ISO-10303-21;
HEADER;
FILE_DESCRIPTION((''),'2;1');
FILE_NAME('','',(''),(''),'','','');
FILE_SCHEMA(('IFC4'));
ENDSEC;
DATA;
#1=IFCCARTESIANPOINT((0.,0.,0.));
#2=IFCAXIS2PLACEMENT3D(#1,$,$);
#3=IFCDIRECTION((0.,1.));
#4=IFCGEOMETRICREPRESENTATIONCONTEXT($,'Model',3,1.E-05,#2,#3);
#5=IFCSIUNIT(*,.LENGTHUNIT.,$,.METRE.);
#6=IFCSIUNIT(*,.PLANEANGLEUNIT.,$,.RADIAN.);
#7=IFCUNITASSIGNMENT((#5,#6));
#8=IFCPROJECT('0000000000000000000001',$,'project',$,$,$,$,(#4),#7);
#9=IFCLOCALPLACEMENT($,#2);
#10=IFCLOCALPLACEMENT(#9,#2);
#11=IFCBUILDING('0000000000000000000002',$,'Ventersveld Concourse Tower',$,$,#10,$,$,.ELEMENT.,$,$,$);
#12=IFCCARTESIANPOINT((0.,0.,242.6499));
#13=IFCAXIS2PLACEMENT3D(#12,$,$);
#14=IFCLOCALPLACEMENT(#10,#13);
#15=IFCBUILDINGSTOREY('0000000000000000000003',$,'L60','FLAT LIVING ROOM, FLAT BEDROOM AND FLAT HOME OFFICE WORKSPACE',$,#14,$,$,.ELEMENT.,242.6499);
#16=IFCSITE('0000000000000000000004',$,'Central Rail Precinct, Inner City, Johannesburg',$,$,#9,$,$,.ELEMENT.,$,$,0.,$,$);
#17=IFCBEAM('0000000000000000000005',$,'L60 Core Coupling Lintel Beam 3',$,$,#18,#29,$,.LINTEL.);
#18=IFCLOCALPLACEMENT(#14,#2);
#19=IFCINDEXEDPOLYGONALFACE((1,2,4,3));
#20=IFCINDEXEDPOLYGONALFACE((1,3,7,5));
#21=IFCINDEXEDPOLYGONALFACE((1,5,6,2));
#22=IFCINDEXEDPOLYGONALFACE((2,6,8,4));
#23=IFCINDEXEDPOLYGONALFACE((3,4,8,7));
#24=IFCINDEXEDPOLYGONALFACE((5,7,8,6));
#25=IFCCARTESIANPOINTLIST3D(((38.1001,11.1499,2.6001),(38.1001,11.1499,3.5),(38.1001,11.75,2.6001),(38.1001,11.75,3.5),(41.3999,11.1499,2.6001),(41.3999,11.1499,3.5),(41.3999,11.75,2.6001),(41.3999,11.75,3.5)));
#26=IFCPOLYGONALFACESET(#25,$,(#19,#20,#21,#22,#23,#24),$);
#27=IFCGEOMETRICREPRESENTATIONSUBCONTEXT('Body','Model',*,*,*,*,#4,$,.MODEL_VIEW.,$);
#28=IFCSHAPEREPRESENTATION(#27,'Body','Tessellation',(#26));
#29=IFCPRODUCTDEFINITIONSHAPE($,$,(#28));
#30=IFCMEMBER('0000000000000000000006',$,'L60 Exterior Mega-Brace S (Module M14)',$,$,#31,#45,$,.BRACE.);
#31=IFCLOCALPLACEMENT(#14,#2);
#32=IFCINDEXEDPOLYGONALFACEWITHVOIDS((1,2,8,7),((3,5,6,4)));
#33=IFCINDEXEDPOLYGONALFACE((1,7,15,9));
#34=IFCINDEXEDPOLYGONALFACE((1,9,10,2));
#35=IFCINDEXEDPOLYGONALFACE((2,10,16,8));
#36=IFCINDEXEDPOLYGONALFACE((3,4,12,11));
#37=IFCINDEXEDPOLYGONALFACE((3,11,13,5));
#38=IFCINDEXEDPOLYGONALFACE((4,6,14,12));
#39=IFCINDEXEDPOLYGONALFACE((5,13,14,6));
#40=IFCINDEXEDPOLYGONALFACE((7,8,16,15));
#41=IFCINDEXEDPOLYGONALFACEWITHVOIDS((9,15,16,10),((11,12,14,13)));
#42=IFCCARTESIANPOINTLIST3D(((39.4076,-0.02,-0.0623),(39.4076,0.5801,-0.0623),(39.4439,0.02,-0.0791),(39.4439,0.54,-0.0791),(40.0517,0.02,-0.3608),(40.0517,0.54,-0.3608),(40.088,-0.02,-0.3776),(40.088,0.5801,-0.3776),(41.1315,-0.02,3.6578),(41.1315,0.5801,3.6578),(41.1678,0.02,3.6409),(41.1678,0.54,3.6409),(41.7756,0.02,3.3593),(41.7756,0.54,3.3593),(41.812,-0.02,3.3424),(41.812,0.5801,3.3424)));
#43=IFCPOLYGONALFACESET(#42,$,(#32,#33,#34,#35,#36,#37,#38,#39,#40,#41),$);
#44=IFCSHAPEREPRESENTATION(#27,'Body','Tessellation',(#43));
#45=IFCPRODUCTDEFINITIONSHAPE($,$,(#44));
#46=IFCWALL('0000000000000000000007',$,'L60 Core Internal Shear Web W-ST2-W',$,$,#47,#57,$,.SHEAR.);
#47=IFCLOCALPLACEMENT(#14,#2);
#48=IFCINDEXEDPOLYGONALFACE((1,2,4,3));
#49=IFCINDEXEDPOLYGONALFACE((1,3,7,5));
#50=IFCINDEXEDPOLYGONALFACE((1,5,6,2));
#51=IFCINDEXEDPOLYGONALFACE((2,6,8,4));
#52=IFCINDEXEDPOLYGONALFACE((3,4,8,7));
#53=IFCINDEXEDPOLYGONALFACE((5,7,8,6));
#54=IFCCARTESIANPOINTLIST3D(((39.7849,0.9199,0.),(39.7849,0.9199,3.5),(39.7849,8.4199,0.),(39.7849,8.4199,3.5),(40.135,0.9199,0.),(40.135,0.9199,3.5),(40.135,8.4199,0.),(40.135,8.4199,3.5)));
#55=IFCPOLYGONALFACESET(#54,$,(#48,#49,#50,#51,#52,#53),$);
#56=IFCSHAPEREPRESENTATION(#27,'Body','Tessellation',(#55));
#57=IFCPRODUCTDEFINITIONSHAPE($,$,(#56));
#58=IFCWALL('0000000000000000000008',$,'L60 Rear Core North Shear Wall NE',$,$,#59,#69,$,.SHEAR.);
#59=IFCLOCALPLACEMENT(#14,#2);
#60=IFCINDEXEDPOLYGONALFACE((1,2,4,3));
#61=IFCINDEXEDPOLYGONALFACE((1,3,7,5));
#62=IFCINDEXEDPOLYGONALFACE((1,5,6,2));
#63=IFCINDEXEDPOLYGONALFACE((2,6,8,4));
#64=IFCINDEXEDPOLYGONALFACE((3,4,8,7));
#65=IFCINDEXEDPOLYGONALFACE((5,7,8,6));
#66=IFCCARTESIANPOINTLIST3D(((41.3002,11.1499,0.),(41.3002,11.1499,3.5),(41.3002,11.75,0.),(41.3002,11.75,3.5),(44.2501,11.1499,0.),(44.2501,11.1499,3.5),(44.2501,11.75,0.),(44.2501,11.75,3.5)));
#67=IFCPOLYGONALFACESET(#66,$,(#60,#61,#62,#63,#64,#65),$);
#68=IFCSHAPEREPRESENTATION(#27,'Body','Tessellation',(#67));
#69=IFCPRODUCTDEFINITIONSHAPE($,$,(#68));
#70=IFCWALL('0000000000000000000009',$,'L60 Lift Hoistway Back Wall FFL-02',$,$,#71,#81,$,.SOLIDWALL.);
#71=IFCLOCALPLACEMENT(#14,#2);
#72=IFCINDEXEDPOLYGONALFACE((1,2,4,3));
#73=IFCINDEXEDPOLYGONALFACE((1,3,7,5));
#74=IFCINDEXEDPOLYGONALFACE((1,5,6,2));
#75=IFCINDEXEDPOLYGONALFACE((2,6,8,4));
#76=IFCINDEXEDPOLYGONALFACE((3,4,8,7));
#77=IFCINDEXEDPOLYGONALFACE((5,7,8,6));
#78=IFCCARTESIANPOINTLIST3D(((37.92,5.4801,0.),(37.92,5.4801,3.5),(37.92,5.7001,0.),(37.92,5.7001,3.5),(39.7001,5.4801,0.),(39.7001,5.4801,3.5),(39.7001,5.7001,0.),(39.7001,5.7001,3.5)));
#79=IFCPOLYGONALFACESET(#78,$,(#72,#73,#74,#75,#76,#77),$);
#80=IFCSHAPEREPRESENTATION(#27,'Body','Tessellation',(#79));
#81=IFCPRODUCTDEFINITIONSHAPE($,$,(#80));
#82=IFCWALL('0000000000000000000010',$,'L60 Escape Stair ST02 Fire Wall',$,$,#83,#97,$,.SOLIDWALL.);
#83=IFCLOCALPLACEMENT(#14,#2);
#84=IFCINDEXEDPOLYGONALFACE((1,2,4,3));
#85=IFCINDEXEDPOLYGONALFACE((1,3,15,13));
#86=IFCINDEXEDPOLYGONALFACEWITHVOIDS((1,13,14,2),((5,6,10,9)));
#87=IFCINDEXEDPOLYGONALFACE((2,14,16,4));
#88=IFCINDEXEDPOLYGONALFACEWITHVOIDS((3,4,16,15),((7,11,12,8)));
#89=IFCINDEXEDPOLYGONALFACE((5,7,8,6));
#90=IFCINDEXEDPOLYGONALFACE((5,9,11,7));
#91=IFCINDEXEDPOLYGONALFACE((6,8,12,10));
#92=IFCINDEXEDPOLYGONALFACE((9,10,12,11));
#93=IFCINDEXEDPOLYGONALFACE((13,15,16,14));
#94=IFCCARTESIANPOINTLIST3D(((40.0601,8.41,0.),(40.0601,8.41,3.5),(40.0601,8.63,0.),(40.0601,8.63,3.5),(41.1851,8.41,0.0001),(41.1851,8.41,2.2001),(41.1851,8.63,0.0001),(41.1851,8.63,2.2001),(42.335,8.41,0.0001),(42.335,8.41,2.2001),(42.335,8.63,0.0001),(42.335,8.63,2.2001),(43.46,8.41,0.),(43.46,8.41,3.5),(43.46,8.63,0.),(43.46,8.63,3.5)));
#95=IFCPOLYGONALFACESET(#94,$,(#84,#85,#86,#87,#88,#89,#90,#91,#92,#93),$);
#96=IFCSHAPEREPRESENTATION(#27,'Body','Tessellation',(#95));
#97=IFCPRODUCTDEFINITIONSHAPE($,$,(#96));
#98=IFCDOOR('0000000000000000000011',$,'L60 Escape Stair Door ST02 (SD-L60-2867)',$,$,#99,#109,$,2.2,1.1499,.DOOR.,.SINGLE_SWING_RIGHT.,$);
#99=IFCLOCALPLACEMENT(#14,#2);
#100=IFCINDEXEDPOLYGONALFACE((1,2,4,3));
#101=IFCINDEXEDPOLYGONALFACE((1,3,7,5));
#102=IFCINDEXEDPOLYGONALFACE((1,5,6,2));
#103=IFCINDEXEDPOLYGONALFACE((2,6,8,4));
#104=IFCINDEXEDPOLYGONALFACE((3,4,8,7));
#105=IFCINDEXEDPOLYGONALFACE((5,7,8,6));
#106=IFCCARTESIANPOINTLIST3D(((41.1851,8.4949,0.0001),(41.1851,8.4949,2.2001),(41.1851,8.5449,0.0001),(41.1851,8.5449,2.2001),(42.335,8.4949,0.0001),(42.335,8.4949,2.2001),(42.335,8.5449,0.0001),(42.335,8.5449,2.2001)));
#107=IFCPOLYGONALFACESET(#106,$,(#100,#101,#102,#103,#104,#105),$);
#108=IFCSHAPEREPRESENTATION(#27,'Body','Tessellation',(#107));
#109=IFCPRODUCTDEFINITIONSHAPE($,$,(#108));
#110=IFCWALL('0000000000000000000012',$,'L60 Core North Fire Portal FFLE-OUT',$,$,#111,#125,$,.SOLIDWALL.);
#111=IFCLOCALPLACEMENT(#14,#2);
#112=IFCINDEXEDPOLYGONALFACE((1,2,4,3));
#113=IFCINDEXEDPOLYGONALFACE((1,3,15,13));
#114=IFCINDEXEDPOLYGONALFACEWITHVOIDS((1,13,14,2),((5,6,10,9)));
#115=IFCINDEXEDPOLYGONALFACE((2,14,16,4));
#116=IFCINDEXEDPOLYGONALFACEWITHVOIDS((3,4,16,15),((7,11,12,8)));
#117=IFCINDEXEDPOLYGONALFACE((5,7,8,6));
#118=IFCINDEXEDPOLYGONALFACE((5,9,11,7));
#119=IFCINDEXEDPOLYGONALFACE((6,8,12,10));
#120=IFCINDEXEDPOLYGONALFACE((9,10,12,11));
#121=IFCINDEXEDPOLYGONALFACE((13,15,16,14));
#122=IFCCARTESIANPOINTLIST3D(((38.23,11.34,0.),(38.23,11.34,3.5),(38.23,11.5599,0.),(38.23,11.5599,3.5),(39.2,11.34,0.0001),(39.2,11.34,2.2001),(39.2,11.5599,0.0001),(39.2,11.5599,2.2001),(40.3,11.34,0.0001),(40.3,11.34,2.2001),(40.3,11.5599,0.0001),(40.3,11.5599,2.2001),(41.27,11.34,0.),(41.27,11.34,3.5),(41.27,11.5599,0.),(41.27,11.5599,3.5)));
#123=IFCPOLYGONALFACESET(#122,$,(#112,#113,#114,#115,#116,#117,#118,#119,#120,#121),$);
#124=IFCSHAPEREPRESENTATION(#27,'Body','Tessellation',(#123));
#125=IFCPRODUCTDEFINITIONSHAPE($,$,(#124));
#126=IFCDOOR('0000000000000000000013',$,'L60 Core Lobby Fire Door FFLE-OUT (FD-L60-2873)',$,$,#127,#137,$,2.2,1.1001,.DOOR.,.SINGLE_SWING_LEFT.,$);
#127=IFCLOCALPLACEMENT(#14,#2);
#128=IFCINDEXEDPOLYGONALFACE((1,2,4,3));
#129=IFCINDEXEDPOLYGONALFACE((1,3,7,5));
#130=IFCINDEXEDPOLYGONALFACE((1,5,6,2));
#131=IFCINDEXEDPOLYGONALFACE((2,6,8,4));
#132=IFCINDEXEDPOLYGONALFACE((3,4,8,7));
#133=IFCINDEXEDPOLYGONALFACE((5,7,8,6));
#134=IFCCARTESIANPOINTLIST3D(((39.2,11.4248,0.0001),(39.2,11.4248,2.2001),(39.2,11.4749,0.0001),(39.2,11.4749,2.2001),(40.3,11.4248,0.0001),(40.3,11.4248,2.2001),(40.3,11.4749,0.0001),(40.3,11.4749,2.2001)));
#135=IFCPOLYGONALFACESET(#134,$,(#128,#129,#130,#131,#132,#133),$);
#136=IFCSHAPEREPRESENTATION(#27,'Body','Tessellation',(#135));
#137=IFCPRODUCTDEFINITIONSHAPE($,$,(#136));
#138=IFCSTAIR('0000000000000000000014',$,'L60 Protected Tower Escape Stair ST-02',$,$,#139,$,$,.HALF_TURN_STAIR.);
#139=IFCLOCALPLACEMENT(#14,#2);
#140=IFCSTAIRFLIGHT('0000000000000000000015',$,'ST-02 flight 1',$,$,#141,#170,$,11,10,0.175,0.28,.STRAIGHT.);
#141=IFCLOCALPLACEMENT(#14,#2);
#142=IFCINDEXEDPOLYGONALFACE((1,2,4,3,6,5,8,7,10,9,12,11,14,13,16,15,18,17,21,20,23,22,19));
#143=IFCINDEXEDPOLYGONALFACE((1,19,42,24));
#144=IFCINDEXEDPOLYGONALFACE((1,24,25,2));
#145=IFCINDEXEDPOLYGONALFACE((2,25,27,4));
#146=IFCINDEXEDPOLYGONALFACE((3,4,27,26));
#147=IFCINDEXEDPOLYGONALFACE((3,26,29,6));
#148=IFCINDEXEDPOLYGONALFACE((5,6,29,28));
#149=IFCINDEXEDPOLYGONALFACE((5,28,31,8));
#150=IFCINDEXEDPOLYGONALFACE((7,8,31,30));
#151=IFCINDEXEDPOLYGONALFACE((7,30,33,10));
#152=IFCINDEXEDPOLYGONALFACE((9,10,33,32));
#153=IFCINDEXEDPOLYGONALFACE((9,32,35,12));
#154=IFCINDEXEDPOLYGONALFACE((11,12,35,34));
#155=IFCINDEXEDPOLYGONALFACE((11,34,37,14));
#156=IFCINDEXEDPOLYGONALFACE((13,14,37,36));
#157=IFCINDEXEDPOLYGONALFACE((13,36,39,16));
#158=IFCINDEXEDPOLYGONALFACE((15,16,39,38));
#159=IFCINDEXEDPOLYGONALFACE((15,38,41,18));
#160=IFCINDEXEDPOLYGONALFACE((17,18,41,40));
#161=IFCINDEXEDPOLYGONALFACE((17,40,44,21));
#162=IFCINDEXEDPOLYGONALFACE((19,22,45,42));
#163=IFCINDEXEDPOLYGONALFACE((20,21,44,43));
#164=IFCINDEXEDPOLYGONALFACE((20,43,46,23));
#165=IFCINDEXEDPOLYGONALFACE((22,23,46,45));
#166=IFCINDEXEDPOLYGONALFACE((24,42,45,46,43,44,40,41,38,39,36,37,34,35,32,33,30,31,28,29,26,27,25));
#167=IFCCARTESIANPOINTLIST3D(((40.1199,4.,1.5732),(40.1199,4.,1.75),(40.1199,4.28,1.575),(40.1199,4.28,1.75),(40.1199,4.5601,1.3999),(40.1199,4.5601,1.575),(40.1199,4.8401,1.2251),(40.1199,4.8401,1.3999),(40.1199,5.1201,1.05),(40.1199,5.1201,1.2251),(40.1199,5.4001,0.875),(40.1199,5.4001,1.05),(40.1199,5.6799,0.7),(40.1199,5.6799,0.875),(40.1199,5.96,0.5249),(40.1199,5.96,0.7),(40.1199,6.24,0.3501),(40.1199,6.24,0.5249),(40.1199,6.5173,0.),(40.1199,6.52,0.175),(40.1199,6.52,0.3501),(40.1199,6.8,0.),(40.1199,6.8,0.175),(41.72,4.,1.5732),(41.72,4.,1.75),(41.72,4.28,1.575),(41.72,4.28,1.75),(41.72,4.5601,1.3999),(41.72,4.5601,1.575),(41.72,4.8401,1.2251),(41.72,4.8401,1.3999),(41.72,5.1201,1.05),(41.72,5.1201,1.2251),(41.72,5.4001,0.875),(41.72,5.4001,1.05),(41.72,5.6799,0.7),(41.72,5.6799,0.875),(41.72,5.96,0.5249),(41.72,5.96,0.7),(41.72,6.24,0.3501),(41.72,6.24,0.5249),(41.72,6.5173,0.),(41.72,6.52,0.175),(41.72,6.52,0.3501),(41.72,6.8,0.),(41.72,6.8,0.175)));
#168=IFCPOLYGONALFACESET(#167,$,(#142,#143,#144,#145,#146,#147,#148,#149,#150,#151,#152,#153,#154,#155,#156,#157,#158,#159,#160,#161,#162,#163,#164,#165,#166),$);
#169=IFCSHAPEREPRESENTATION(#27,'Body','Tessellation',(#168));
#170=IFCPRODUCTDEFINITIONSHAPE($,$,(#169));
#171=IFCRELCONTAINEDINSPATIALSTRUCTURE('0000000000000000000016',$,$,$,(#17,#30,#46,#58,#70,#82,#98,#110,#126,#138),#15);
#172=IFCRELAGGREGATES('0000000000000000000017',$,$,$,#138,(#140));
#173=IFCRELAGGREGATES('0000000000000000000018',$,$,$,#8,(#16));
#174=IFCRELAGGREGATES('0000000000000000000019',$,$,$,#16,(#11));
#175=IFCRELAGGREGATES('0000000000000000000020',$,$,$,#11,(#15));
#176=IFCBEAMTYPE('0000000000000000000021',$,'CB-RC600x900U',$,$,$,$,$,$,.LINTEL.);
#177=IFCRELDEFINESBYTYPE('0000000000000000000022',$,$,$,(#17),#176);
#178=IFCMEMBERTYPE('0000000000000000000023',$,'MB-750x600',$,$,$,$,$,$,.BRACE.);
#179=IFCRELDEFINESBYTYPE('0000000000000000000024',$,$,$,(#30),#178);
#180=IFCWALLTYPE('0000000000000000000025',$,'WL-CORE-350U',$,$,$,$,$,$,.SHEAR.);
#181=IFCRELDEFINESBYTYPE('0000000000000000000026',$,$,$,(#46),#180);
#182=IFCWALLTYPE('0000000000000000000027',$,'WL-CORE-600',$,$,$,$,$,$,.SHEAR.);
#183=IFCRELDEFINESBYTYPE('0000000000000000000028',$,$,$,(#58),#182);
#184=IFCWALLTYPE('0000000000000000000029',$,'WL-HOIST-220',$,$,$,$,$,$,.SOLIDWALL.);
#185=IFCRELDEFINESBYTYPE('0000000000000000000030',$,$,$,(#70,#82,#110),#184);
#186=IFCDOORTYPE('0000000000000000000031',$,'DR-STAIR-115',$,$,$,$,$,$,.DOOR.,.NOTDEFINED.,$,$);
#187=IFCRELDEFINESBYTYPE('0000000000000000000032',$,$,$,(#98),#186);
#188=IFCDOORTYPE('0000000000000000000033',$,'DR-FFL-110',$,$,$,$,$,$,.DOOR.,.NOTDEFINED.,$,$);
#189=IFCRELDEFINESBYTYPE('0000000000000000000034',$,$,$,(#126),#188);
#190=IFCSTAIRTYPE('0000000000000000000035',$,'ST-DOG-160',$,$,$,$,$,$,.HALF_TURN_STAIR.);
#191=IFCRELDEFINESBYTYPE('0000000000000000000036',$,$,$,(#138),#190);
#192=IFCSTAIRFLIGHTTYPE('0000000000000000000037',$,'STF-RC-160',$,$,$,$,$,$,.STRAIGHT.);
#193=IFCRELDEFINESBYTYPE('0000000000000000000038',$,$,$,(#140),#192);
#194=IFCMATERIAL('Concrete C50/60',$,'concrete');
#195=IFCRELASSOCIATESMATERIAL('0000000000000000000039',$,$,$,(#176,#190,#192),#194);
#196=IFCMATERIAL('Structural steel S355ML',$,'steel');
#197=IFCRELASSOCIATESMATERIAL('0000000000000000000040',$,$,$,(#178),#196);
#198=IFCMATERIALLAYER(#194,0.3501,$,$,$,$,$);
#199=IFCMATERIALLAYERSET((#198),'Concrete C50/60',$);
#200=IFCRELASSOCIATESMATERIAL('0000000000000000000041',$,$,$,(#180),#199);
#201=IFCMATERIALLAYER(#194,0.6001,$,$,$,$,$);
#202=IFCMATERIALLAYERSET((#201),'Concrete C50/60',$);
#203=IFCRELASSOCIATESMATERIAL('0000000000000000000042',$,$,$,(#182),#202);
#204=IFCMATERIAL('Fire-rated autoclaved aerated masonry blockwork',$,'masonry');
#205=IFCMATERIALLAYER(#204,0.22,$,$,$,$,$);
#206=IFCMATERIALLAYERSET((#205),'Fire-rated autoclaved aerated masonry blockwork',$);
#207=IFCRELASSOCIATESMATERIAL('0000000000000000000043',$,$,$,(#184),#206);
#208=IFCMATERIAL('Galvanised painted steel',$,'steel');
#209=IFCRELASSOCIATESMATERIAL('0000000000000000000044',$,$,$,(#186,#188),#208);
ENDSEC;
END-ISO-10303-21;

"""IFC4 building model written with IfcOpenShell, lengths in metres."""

from ifc_helpers import new_model, si_unit, direction, frame, frame_2d, origin, origin_2d, place, context, subcontext, project, spatial, polyline, rectangle, hollow_rectangle, outline, extrude, material, layer, layer_set, material_profile, profile_set, type_object, element, fill, aggregate, save


model = new_model("IFC4")

# Units and contexts
model_context = context("Model", 3, precision=1e-05, world=origin(), true_north=direction((0.0, 1.0)))
body_context = subcontext(model_context, "Body", "Model", "MODEL_VIEW")
ifc_project = project(units=[si_unit("LENGTHUNIT", "METRE"), si_unit("PLANEANGLEUNIT", "RADIAN")], contexts=[model_context])

# Site, building, storey
site_placement = place(None, origin())
site = spatial("IfcSite", under=ifc_project, at=site_placement, Name="Central Rail Precinct, Inner City, Johannesburg", CompositionType="ELEMENT", RefElevation=0.0)
building_placement = place(site_placement, origin())
building = spatial("IfcBuilding", under=site, at=building_placement, Name="Ventersveld Concourse Tower", CompositionType="ELEMENT")
storey_placement = place(building_placement, frame((0.0, 0.0, 242.6499)))
storey = spatial("IfcBuildingStorey", under=building, at=storey_placement, Name="L60", Description="FLAT LIVING ROOM, FLAT BEDROOM AND FLAT HOME OFFICE WORKSPACE", CompositionType="ELEMENT", Elevation=242.6499)

# Beam
ifc_material_1 = material(Name="Concrete C50/60", Category="concrete")
ifc_material_profile_1 = material_profile(ifc_material_1, rectangle(XDim=0.6001, YDim=0.8999, at=origin_2d()), Name="RC 600x900")
ifc_profile_set_1 = profile_set([ifc_material_profile_1], Name="Concrete C50/60")
beam_type = type_object("IfcBeamType", Name="CB-RC600x900U", PredefinedType="LINTEL", material=ifc_profile_set_1)
beam_placement = place(storey_placement, frame((38.1001, 11.45, 3.05), z_axis=(1.0, 0.0, 0.0), x_axis=(0.0, 1.0, 0.0)))
element("IfcBeam", 1, at=beam_placement, inside=storey, type_object=beam_type, Name="L60 Core Coupling Lintel Beam 3", PredefinedType="LINTEL", context=body_context, shape_type="SweptSolid", body=[
    extrude(rectangle(XDim=0.6001, YDim=0.8999, at=origin_2d()), origin(), (0.0, 0.0, 1.0), 3.2998),
])

# Member
ifc_material_2 = material(Name="Structural steel S355ML", Category="steel")
ifc_material_profile_2 = material_profile(ifc_material_2, hollow_rectangle(XDim=0.6001, YDim=0.75, WallThickness=0.04, at=origin_2d()), Name="BOX 750x600x40")
ifc_profile_set_2 = profile_set([ifc_material_profile_2], Name="Structural steel S355ML")
member_type = type_object("IfcMemberType", Name="MB-750x600", PredefinedType="BRACE", material=ifc_profile_set_2)
member_placement = place(storey_placement, frame((39.7478, 0.28, -0.22), z_axis=(0.420459, 0.0, 0.907312), x_axis=(0.0, 1.0, 0.0)))
element("IfcMember", 2, at=member_placement, inside=storey, type_object=member_type, Name="L60 Exterior Mega-Brace S (Module M14)", PredefinedType="BRACE", context=body_context, shape_type="SweptSolid", body=[
    extrude(hollow_rectangle(XDim=0.6001, YDim=0.75, WallThickness=0.04, at=origin_2d()), origin(), (0.0, 0.0, 1.0), 4.1001),
])

# Walls
ifc_layer_1 = layer(ifc_material_1, 0.3501)
ifc_layer_set_1 = layer_set([ifc_layer_1], Name="Concrete C50/60")
wall_type_1 = type_object("IfcWallType", Name="WL-CORE-350U", PredefinedType="SHEAR", material=ifc_layer_set_1)
wall_1_placement = place(storey_placement, frame((39.96, 0.9199, 0.0), z_axis=(0.0, 0.0, 1.0), x_axis=(0.0, 1.0, 0.0)))
element("IfcWall", 3, at=wall_1_placement, inside=storey, type_object=wall_type_1, Name="L60 Core Internal Shear Web W-ST2-W", PredefinedType="SHEAR", context=body_context, shape_type="SweptSolid", body=[
    extrude(rectangle(XDim=7.5, YDim=0.3501, at=frame_2d((3.75, 0.0))), origin(), (0.0, 0.0, 1.0), 3.5),
])
ifc_layer_2 = layer(ifc_material_1, 0.6001)
ifc_layer_set_2 = layer_set([ifc_layer_2], Name="Concrete C50/60")
wall_type_2 = type_object("IfcWallType", Name="WL-CORE-600", PredefinedType="SHEAR", material=ifc_layer_set_2)
wall_2_placement = place(storey_placement, frame((41.3, 11.45, 0.0), z_axis=(0.0, 0.0, 1.0), x_axis=(1.0, 0.0, 0.0)))
element("IfcWall", 4, at=wall_2_placement, inside=storey, type_object=wall_type_2, Name="L60 Rear Core North Shear Wall NE", PredefinedType="SHEAR", context=body_context, shape_type="SweptSolid", body=[
    extrude(rectangle(XDim=2.95, YDim=0.6001, at=frame_2d((1.4751, 0.0))), origin(), (0.0, 0.0, 1.0), 3.5),
])
ifc_material_3 = material(Name="Fire-rated autoclaved aerated masonry blockwork", Category="masonry")
ifc_layer_3 = layer(ifc_material_3, 0.22)
ifc_layer_set_3 = layer_set([ifc_layer_3], Name="Fire-rated autoclaved aerated masonry blockwork")
wall_type_3 = type_object("IfcWallType", Name="WL-HOIST-220", PredefinedType="SOLIDWALL", material=ifc_layer_set_3)
wall_3_placement = place(storey_placement, frame((37.9199, 5.5901, 0.0), z_axis=(0.0, 0.0, 1.0), x_axis=(1.0, 0.0, 0.0)))
element("IfcWall", 5, at=wall_3_placement, inside=storey, type_object=wall_type_3, Name="L60 Lift Hoistway Back Wall FFL-02", PredefinedType="SOLIDWALL", context=body_context, shape_type="SweptSolid", body=[
    extrude(rectangle(XDim=1.78, YDim=0.22, at=frame_2d((0.8901, 0.0))), origin(), (0.0, 0.0, 1.0), 3.5),
])

# Walls, openings, doors
wall_4_placement = place(storey_placement, frame((40.0601, 8.52, 0.0), z_axis=(0.0, 0.0, 1.0), x_axis=(1.0, 0.0, 0.0)))
wall_4 = element("IfcWall", 6, at=wall_4_placement, inside=storey, type_object=wall_type_3, Name="L60 Escape Stair ST02 Fire Wall", PredefinedType="SOLIDWALL", context=body_context, shape_type="SweptSolid", body=[
    extrude(rectangle(XDim=3.3999, YDim=0.22, at=frame_2d((1.7, 0.0))), origin(), (0.0, 0.0, 1.0), 3.5),
])
opening_1_placement = place(wall_4_placement, frame((1.125, 0.0, 0.0)))
opening_1 = element("IfcOpeningElement", 7, at=opening_1_placement, cuts=wall_4, PredefinedType="OPENING", context=body_context, shape_type="SweptSolid", body=[
    extrude(rectangle(XDim=1.1499, YDim=2.2, at=frame_2d((0.575, 1.1001))), frame((0.0, 0.1201, 0.0), z_axis=(0.0, -1.0, 0.0), x_axis=(1.0, 0.0, 0.0)), (0.0, 0.0, 1.0), 0.24),
])
ifc_material_4 = material(Name="Galvanised painted steel", Category="steel")
door_type_1 = type_object("IfcDoorType", Name="DR-STAIR-115", OperationType="NOTDEFINED", PredefinedType="DOOR", material=ifc_material_4)
door_1_placement = place(opening_1_placement, origin())
door_1 = element("IfcDoor", 8, at=door_1_placement, inside=storey, type_object=door_type_1, Name="L60 Escape Stair Door ST02 (SD-L60-2867)", OperationType="SINGLE_SWING_RIGHT", OverallHeight=2.2, OverallWidth=1.1499, PredefinedType="DOOR", context=body_context, shape_type="SweptSolid", body=[
    extrude(rectangle(XDim=1.1499, YDim=2.2, at=frame_2d((0.575, 1.1001))), frame((0.0, 0.0249, 0.0), z_axis=(0.0, -1.0, 0.0), x_axis=(1.0, 0.0, 0.0)), (0.0, 0.0, 1.0), 0.05),
])
fill(opening_1, door_1)
wall_5_placement = place(storey_placement, frame((38.23, 11.45, 0.0), z_axis=(0.0, 0.0, 1.0), x_axis=(1.0, 0.0, 0.0)))
wall_5 = element("IfcWall", 9, at=wall_5_placement, inside=storey, type_object=wall_type_3, Name="L60 Core North Fire Portal FFLE-OUT", PredefinedType="SOLIDWALL", context=body_context, shape_type="SweptSolid", body=[
    extrude(rectangle(XDim=3.04, YDim=0.22, at=frame_2d((1.52, 0.0))), origin(), (0.0, 0.0, 1.0), 3.5),
])
opening_2_placement = place(wall_5_placement, frame((0.97, 0.0, 0.0)))
opening_2 = element("IfcOpeningElement", 10, at=opening_2_placement, cuts=wall_5, PredefinedType="OPENING", context=body_context, shape_type="SweptSolid", body=[
    extrude(rectangle(XDim=1.1001, YDim=2.2, at=frame_2d((0.55, 1.1001))), frame((0.0, 0.1201, 0.0), z_axis=(0.0, -1.0, 0.0), x_axis=(1.0, 0.0, 0.0)), (0.0, 0.0, 1.0), 0.24),
])
door_type_2 = type_object("IfcDoorType", Name="DR-FFL-110", OperationType="NOTDEFINED", PredefinedType="DOOR", material=ifc_material_4)
door_2_placement = place(opening_2_placement, origin())
door_2 = element("IfcDoor", 11, at=door_2_placement, inside=storey, type_object=door_type_2, Name="L60 Core Lobby Fire Door FFLE-OUT (FD-L60-2873)", OperationType="SINGLE_SWING_LEFT", OverallHeight=2.2, OverallWidth=1.1001, PredefinedType="DOOR", context=body_context, shape_type="SweptSolid", body=[
    extrude(rectangle(XDim=1.1001, YDim=2.2, at=frame_2d((0.55, 1.1001))), frame((0.0, 0.0249, 0.0), z_axis=(0.0, -1.0, 0.0), x_axis=(1.0, 0.0, 0.0)), (0.0, 0.0, 1.0), 0.05),
])
fill(opening_2, door_2)

# Stair, stair flight
stair_type = type_object("IfcStairType", Name="ST-DOG-160", PredefinedType="HALF_TURN_STAIR", material=ifc_material_1)
stair_placement = place(storey_placement, origin())
stair = element("IfcStair", 12, at=stair_placement, inside=storey, type_object=stair_type, Name="L60 Protected Tower Escape Stair ST-02", PredefinedType="HALF_TURN_STAIR")
stair_flight_type = type_object("IfcStairFlightType", Name="STF-RC-160", PredefinedType="STRAIGHT", material=ifc_material_1)
stair_flight_1_placement = place(storey_placement, frame((40.9199, 6.8, 0.0), z_axis=(0.0, 0.0, 1.0), x_axis=(0.0, -1.0, 0.0)))
stair_flight_1 = element("IfcStairFlight", 13, at=stair_flight_1_placement, type_object=stair_flight_type, Name="ST-02 flight 1", NumberOfRisers=11, NumberOfTreads=10, PredefinedType="STRAIGHT", RiserHeight=0.175, TreadLength=0.28, context=body_context, shape_type="SweptSolid", body=[
    extrude(outline(polyline([(0.0, 0.0), (0.0, 0.175), (0.28, 0.175), (0.28, 0.3501), (0.5601, 0.3501), (0.5601, 0.5249), (0.8401, 0.5249), (0.8401, 0.7), (1.1201, 0.7), (1.1201, 0.875), (1.3999, 0.875), (1.3999, 1.05), (1.6799, 1.05), (1.6799, 1.2251), (1.96, 1.2251), (1.96, 1.3999), (2.24, 1.3999), (2.24, 1.575), (2.52, 1.575), (2.52, 1.75), (2.8, 1.75), (2.8, 1.925), (2.8, 1.5732), (0.2827, 0.0), (0.0, 0.0)])), frame((0.0, 0.8, 0.0), z_axis=(0.0, -1.0, 0.0), x_axis=(1.0, 0.0, 0.0)), (0.0, 0.0, 1.0), 1.6001),
])
aggregate(stair, [stair_flight_1])

save(model, "model.ifc")
